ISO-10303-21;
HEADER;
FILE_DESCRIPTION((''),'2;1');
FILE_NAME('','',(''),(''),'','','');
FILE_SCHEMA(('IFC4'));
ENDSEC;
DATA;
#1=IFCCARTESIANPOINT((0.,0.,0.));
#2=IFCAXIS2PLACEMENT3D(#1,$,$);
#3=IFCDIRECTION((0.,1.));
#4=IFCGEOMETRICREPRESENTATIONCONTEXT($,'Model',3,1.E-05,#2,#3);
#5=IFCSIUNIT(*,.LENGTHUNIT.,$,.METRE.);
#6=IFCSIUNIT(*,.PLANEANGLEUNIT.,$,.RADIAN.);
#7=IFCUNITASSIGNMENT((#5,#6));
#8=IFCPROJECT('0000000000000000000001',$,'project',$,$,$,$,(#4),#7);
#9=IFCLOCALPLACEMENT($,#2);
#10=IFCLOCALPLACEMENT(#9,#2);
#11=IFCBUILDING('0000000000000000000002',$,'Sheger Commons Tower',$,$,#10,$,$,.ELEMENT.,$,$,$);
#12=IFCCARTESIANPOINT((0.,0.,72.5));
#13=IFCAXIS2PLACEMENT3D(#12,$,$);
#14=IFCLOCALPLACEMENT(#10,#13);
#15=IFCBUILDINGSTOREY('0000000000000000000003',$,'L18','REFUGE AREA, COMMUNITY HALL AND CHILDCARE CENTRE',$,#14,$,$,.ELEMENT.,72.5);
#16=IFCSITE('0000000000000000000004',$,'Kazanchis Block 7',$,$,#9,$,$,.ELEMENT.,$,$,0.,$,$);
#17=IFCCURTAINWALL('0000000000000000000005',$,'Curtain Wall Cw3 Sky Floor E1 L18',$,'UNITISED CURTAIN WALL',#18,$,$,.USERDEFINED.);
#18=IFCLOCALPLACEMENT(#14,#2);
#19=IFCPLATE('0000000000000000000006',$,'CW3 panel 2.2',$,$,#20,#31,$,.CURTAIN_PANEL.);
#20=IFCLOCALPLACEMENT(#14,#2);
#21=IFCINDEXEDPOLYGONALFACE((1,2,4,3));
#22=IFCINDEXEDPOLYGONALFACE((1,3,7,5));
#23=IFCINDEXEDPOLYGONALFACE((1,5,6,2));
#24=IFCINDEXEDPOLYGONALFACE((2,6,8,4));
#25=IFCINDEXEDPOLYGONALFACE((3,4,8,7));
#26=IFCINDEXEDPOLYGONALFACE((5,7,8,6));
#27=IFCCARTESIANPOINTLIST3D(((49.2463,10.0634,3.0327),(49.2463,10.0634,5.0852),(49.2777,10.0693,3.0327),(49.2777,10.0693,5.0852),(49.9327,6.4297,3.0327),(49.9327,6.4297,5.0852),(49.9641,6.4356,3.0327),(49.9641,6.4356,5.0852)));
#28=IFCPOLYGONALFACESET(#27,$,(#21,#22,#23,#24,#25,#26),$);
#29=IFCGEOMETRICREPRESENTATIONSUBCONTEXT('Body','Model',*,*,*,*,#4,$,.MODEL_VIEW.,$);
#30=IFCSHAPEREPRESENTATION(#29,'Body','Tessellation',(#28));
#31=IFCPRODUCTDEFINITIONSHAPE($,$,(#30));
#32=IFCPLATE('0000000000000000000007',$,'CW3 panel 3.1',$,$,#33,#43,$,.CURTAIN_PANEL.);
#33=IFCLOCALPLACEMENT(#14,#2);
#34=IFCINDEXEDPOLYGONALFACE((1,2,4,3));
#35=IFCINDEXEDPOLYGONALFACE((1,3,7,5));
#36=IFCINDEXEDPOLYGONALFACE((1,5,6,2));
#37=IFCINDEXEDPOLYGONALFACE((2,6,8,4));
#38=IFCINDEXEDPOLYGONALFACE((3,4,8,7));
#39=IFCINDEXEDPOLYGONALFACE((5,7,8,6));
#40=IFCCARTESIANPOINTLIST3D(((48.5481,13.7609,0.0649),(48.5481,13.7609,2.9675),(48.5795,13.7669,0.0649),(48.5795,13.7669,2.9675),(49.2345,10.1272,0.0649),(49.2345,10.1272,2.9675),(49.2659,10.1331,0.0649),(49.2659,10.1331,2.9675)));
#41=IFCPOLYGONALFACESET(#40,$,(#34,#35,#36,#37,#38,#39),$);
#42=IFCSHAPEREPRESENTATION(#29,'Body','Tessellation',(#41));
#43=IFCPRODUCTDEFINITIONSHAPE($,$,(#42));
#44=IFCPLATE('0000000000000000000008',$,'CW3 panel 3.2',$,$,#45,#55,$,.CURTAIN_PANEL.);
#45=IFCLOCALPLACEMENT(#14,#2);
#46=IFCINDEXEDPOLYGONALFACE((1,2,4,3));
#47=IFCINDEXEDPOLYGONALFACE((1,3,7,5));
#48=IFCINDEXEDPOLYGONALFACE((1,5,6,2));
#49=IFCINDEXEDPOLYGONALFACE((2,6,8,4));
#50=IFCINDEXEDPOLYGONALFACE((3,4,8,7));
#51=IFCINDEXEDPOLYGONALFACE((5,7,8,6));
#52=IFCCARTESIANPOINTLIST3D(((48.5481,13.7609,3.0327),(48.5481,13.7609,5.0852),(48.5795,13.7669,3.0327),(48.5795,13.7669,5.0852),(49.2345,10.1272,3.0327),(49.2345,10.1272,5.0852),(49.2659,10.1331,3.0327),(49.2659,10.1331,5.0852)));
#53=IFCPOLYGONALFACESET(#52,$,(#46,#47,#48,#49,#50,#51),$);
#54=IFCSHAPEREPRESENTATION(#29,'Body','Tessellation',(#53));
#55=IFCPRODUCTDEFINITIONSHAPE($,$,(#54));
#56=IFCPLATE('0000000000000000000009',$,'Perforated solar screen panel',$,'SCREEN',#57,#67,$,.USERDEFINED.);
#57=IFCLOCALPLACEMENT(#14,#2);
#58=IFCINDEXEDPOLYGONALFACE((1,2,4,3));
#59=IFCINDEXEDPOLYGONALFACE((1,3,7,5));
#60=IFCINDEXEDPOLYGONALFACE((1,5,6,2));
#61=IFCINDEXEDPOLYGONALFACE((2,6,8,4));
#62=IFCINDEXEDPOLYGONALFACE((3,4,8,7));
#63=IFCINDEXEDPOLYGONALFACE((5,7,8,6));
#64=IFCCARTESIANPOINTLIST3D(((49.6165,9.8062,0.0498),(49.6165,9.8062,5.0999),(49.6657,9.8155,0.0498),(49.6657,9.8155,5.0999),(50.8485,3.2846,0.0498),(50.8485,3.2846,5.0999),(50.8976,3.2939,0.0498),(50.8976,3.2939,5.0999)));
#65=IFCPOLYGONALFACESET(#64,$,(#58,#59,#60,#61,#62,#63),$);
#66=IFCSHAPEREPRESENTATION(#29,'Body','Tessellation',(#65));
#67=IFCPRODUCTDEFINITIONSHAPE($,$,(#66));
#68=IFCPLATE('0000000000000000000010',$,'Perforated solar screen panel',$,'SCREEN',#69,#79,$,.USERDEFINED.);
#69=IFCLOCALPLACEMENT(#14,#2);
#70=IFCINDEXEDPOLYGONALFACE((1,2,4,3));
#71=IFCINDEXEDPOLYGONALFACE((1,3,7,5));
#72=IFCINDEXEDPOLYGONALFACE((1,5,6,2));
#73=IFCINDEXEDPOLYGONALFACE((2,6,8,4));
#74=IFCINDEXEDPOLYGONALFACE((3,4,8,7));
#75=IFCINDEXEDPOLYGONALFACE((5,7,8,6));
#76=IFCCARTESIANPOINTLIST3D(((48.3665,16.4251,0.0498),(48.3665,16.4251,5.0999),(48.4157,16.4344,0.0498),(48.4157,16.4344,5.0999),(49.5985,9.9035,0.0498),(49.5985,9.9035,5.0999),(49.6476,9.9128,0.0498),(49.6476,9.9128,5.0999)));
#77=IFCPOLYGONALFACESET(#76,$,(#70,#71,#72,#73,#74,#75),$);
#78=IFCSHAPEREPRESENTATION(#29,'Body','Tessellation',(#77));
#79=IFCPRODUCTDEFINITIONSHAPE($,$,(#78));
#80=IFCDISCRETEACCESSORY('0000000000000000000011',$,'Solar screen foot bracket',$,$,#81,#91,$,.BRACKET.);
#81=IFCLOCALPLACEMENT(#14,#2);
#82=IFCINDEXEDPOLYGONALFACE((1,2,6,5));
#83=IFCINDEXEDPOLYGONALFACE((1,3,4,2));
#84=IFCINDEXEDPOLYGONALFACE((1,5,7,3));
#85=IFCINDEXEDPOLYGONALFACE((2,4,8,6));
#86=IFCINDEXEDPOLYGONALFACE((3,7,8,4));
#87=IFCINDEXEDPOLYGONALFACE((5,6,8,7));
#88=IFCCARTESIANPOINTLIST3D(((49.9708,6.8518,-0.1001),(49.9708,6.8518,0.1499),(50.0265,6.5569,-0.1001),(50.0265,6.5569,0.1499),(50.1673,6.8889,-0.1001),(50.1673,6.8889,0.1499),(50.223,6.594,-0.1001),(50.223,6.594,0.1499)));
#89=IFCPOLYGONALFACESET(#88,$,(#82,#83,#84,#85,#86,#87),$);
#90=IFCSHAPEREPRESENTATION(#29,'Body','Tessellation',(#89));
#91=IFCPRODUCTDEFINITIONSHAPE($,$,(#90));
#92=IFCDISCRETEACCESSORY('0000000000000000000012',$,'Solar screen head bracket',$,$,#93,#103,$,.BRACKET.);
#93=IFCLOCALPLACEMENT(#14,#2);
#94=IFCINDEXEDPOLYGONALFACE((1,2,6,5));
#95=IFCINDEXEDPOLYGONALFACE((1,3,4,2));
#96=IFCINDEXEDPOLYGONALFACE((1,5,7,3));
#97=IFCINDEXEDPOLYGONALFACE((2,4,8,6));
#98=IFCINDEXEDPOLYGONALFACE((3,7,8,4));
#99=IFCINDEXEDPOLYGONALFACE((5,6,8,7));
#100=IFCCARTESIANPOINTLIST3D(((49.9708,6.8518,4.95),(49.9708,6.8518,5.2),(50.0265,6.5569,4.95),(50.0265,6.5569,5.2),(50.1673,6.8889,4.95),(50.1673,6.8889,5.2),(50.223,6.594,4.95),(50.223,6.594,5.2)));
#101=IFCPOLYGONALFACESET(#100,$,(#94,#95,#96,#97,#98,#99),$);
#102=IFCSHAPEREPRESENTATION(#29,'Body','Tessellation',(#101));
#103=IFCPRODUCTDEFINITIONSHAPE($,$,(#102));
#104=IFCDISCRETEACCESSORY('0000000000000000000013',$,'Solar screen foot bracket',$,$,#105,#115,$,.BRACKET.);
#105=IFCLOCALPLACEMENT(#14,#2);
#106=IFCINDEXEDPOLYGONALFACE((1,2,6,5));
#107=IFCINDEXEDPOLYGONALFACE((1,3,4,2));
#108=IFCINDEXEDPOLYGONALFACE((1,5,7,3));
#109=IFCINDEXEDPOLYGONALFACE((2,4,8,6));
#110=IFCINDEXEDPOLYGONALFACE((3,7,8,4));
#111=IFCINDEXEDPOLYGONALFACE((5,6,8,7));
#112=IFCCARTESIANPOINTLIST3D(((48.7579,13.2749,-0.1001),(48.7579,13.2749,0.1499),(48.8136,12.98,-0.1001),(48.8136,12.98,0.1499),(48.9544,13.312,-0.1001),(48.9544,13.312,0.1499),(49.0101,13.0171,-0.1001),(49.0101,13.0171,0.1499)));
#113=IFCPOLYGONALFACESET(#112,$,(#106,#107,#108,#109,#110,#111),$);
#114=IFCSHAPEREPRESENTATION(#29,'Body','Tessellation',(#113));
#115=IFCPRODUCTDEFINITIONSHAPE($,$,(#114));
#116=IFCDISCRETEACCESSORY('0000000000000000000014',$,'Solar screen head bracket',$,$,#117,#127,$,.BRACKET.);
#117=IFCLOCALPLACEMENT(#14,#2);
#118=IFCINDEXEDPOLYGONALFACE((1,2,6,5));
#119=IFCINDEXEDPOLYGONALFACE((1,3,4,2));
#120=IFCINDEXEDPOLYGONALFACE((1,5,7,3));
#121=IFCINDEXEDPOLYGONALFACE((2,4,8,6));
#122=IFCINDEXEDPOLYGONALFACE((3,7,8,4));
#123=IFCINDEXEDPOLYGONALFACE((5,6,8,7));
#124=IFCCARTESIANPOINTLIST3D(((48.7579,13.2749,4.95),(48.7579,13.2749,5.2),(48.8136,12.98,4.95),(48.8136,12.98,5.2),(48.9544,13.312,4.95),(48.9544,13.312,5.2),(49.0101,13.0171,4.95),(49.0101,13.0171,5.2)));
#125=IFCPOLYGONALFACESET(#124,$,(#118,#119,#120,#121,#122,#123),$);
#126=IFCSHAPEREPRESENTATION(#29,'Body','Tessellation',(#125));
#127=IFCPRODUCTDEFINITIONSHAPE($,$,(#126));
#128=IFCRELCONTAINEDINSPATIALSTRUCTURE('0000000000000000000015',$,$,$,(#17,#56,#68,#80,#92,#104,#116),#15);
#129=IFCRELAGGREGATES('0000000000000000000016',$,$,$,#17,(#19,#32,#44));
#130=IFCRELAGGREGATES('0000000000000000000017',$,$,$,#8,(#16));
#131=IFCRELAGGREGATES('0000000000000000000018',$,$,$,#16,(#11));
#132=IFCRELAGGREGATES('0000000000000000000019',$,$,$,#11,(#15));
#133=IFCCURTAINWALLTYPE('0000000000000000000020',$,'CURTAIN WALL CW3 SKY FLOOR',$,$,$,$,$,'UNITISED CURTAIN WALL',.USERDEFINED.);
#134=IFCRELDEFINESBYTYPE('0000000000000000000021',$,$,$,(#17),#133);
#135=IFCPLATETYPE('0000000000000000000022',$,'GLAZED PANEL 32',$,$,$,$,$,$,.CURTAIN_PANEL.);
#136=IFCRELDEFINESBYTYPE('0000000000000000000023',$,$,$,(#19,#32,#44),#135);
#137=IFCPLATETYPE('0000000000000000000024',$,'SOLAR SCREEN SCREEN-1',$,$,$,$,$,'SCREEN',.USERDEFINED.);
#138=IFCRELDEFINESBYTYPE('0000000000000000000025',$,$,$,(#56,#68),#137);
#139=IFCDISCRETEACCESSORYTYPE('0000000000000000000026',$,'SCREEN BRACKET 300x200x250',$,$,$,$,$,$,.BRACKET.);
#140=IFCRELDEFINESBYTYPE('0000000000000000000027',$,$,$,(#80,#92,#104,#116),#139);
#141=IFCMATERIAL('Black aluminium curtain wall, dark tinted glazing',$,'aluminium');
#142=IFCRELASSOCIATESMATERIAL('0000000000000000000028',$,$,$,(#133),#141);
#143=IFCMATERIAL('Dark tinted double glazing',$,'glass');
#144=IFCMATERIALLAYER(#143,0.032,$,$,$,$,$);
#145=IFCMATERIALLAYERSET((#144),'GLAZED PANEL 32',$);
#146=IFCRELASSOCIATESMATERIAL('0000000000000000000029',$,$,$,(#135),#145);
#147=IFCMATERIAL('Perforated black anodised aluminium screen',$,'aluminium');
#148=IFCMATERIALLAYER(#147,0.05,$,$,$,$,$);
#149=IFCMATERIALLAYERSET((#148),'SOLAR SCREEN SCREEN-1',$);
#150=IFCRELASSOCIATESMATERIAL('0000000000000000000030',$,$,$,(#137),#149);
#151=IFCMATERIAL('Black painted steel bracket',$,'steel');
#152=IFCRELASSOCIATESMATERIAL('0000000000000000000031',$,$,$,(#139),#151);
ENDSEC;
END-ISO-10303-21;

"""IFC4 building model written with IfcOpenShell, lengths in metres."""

from ifc_helpers import new_model, si_unit, direction, frame, origin, origin_2d, place, context, subcontext, project, spatial, rectangle, extrude, material, layer, layer_set, type_object, element, aggregate, save


model = new_model("IFC4")

# Units and contexts
model_context = context("Model", 3, precision=1e-05, world=origin(), true_north=direction((0.0, 1.0)))
body_context = subcontext(model_context, "Body", "Model", "MODEL_VIEW")
ifc_project = project(units=[si_unit("LENGTHUNIT", "METRE"), si_unit("PLANEANGLEUNIT", "RADIAN")], contexts=[model_context])

# Site, building, storey
site_placement = place(None, origin())
site = spatial("IfcSite", under=ifc_project, at=site_placement, Name="Kazanchis Block 7", CompositionType="ELEMENT", RefElevation=0.0)
building_placement = place(site_placement, origin())
building = spatial("IfcBuilding", under=site, at=building_placement, Name="Sheger Commons Tower", CompositionType="ELEMENT")
storey_placement = place(building_placement, frame((0.0, 0.0, 72.5)))
storey = spatial("IfcBuildingStorey", under=building, at=storey_placement, Name="L18", Description="REFUGE AREA, COMMUNITY HALL AND CHILDCARE CENTRE", CompositionType="ELEMENT", Elevation=72.5)

# Curtain wall, plates
ifc_material_1 = material(Name="Black aluminium curtain wall, dark tinted glazing", Category="aluminium")
curtain_wall_type = type_object("IfcCurtainWallType", Name="CURTAIN WALL CW3 SKY FLOOR", ElementType="UNITISED CURTAIN WALL", PredefinedType="USERDEFINED", material=ifc_material_1)
curtain_wall_placement = place(storey_placement, origin())
curtain_wall = element("IfcCurtainWall", 1, at=curtain_wall_placement, inside=storey, type_object=curtain_wall_type, Name="Curtain Wall Cw3 Sky Floor E1 L18", ObjectType="UNITISED CURTAIN WALL", PredefinedType="USERDEFINED")
ifc_material_2 = material(Name="Dark tinted double glazing", Category="glass")
ifc_layer_1 = layer(ifc_material_2, 0.032)
ifc_layer_set_1 = layer_set([ifc_layer_1], Name="GLAZED PANEL 32")
plate_type_1 = type_object("IfcPlateType", Name="GLAZED PANEL 32", PredefinedType="CURTAIN_PANEL", material=ifc_layer_set_1)
plate_1_placement = place(storey_placement, frame((49.6052, 8.2495, 3.0327), z_axis=(0.0, 0.0, 1.0), x_axis=(-0.18561, 0.982624, 0.0)))
plate_1 = element("IfcPlate", 2, at=plate_1_placement, type_object=plate_type_1, Name="CW3 panel 2.2", PredefinedType="CURTAIN_PANEL", context=body_context, shape_type="SweptSolid", body=[
    extrude(rectangle(XDim=3.698, YDim=0.032, at=origin_2d()), origin(), (0.0, 0.0, 1.0), 2.0525),
])
plate_2_placement = place(storey_placement, frame((48.907, 11.947, 0.0649), z_axis=(0.0, 0.0, 1.0), x_axis=(-0.18561, 0.982624, 0.0)))
plate_2 = element("IfcPlate", 3, at=plate_2_placement, type_object=plate_type_1, Name="CW3 panel 3.1", PredefinedType="CURTAIN_PANEL", context=body_context, shape_type="SweptSolid", body=[
    extrude(rectangle(XDim=3.698, YDim=0.032, at=origin_2d()), origin(), (0.0, 0.0, 1.0), 2.9026),
])
plate_3_placement = place(storey_placement, frame((48.907, 11.947, 3.0327), z_axis=(0.0, 0.0, 1.0), x_axis=(-0.18561, 0.982624, 0.0)))
plate_3 = element("IfcPlate", 4, at=plate_3_placement, type_object=plate_type_1, Name="CW3 panel 3.2", PredefinedType="CURTAIN_PANEL", context=body_context, shape_type="SweptSolid", body=[
    extrude(rectangle(XDim=3.698, YDim=0.032, at=origin_2d()), origin(), (0.0, 0.0, 1.0), 2.0525),
])
aggregate(curtain_wall, [plate_1, plate_2, plate_3])

# Plates
ifc_material_3 = material(Name="Perforated black anodised aluminium screen", Category="aluminium")
ifc_layer_2 = layer(ifc_material_3, 0.05)
ifc_layer_set_2 = layer_set([ifc_layer_2], Name="SOLAR SCREEN SCREEN-1")
plate_type_2 = type_object("IfcPlateType", Name="SOLAR SCREEN SCREEN-1", ElementType="SCREEN", PredefinedType="USERDEFINED", material=ifc_layer_set_2)
for number, where, z_axis, x_axis, name in (
    (5, (50.2571, 6.55, 0.0498), (0.0, 0.0, 1.0), (-0.185615, 0.982623, 0.0), "Perforated solar screen panel"),
    (6, (49.0071, 13.1689, 0.0498), (0.0, 0.0, 1.0), (-0.185615, 0.982623, 0.0), "Perforated solar screen panel"),
):
    element("IfcPlate", number, at=place(storey_placement, frame(where, z_axis=z_axis, x_axis=x_axis)), inside=storey, type_object=plate_type_2, Name=name, ObjectType="SCREEN", PredefinedType="USERDEFINED", context=body_context, shape_type="SweptSolid", body=[
        extrude(rectangle(XDim=6.637, YDim=0.05, at=origin_2d()), origin(), (0.0, 0.0, 1.0), 5.05),
    ])

# Discrete accessories
ifc_material_4 = material(Name="Black painted steel bracket", Category="steel")
discrete_accessory_type = type_object("IfcDiscreteAccessoryType", Name="SCREEN BRACKET 300x200x250", PredefinedType="BRACKET", material=ifc_material_4)
for number, where, z_axis, x_axis, name in (
    (7, (50.0969, 6.7229, -0.1001), (0.0, 0.0, 1.0), (-0.185615, 0.982623, 0.0), "Solar screen foot bracket"),
    (8, (50.0969, 6.7229, 4.95), (0.0, 0.0, 1.0), (-0.185615, 0.982623, 0.0), "Solar screen head bracket"),
    (9, (48.884, 13.146, -0.1001), (0.0, 0.0, 1.0), (-0.185615, 0.982623, 0.0), "Solar screen foot bracket"),
    (10, (48.884, 13.146, 4.95), (0.0, 0.0, 1.0), (-0.185615, 0.982623, 0.0), "Solar screen head bracket"),
):
    element("IfcDiscreteAccessory", number, at=place(storey_placement, frame(where, z_axis=z_axis, x_axis=x_axis)), inside=storey, type_object=discrete_accessory_type, Name=name, PredefinedType="BRACKET", context=body_context, shape_type="SweptSolid", body=[
        extrude(rectangle(XDim=0.3, YDim=0.2, at=origin_2d()), origin(), (0.0, 0.0, 1.0), 0.25),
    ])

save(model, "model.ifc")
